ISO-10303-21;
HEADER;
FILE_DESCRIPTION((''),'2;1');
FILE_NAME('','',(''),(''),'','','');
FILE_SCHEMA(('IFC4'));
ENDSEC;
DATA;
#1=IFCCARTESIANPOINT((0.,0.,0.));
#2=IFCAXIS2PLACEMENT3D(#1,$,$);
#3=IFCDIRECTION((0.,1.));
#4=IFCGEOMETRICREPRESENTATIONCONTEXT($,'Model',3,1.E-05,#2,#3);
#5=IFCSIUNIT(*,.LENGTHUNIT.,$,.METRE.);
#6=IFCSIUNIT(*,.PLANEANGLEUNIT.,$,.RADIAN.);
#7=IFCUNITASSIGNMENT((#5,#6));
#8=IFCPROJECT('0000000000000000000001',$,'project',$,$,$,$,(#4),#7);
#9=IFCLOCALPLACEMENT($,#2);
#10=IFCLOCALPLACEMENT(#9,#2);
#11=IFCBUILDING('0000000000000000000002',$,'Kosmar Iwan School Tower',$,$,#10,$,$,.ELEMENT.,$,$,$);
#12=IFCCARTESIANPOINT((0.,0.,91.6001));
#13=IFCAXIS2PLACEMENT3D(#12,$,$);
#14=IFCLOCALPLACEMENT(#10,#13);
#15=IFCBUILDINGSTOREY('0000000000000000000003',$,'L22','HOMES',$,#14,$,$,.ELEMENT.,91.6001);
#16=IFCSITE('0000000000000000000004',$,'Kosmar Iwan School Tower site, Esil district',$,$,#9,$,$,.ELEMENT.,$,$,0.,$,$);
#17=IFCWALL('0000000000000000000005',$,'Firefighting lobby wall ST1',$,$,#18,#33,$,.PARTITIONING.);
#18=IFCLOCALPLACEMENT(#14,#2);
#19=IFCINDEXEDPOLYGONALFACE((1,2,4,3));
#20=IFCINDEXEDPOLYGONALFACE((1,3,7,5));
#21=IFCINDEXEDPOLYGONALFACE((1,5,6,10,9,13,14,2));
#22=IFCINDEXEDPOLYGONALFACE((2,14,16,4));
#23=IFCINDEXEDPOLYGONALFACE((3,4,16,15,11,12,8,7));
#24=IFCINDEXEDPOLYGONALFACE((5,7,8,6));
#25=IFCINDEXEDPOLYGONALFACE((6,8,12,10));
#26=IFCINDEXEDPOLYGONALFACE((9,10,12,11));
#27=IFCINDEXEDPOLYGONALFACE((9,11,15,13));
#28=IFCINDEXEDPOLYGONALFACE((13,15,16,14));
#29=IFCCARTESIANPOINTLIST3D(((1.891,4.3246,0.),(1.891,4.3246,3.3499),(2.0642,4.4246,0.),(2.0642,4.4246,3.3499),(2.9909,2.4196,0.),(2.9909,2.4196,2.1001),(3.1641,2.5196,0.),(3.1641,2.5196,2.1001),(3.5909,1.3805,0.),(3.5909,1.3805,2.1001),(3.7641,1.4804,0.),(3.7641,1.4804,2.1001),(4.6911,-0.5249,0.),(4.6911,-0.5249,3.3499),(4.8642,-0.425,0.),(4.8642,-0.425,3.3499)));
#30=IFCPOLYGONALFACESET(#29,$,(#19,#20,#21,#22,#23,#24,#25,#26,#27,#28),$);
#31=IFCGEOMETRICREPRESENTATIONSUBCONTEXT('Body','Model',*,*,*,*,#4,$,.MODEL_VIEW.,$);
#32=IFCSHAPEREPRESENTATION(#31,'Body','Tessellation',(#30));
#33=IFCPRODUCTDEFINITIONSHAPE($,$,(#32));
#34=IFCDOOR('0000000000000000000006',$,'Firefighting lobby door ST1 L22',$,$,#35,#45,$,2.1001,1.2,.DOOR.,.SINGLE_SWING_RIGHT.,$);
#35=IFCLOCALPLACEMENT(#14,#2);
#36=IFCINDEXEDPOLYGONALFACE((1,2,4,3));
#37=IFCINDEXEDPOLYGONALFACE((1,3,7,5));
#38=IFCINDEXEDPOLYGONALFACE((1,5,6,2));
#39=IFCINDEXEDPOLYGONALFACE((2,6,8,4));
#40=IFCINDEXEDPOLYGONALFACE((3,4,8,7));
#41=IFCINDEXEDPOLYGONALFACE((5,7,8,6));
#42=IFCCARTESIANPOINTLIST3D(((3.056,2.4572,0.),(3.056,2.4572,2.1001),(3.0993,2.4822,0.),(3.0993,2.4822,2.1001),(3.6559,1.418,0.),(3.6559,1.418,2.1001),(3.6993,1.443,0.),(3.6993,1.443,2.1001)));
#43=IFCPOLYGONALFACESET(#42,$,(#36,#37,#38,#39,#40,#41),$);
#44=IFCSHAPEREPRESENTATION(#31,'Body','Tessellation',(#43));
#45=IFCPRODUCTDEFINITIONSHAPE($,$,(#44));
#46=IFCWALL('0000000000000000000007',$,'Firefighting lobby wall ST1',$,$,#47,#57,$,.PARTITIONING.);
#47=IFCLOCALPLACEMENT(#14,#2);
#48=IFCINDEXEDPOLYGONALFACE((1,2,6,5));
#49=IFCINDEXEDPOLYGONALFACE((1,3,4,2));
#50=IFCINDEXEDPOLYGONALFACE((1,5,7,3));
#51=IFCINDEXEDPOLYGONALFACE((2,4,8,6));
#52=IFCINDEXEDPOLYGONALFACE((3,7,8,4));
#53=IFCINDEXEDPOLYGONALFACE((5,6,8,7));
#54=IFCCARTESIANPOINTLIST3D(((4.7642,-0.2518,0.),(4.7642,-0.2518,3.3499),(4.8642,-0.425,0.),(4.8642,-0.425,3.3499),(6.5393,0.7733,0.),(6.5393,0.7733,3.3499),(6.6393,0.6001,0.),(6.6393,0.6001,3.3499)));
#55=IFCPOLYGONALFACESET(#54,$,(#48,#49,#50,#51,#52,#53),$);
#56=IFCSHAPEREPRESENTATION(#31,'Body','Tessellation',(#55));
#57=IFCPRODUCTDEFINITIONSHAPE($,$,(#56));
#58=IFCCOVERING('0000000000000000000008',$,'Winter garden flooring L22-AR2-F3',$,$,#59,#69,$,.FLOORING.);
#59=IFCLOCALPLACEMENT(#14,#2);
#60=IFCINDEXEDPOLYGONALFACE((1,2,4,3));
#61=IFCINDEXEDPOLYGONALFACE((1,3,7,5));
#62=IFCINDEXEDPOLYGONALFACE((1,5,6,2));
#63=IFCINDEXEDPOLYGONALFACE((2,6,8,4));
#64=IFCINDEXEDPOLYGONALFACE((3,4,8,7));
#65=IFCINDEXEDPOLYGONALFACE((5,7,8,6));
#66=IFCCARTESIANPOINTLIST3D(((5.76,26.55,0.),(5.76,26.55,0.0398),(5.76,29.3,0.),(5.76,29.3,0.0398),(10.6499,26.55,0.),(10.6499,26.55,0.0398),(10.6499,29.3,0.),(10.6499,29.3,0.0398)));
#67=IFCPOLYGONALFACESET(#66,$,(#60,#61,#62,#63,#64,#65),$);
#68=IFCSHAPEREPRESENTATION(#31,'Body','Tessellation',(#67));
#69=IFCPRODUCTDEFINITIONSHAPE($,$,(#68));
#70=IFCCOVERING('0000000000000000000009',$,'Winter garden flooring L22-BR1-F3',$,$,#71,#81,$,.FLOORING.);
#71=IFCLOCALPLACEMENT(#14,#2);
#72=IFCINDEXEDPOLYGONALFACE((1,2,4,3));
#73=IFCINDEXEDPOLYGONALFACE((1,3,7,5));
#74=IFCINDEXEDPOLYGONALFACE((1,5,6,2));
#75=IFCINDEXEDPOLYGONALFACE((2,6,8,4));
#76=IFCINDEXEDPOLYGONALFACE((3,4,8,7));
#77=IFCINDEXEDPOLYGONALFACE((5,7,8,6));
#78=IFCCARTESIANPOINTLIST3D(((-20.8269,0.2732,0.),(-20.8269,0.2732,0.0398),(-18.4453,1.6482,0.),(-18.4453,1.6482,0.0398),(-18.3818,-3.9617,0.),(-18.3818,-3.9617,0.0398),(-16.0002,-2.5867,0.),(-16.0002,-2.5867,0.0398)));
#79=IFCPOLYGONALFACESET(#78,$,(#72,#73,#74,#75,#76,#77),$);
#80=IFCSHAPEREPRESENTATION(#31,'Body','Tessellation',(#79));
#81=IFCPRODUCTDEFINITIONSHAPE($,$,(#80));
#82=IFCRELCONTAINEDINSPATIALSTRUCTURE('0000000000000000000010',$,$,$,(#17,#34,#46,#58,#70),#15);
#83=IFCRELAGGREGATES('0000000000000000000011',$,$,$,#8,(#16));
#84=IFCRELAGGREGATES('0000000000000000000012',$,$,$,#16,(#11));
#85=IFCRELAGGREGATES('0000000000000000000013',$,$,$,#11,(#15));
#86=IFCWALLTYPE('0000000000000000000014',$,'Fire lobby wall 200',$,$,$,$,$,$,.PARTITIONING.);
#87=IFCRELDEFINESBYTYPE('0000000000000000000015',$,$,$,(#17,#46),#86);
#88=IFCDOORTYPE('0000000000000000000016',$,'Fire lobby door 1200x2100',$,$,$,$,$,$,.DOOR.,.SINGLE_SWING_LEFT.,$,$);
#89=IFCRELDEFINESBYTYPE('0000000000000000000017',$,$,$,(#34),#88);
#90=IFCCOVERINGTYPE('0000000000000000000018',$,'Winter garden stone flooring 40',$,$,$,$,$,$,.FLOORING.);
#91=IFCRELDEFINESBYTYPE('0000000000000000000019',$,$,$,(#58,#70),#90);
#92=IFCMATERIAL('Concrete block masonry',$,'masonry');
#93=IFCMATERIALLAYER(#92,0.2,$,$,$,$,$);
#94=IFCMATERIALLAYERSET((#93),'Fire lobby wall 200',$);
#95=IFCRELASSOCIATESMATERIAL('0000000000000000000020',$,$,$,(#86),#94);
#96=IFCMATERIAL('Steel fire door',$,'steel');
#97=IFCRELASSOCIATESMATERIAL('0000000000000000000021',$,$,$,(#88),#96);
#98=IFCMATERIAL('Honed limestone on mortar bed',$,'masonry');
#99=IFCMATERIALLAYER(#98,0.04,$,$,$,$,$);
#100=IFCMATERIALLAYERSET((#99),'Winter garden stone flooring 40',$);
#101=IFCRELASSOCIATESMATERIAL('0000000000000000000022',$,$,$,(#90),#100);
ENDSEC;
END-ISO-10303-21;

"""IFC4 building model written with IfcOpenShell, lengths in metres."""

from ifc_helpers import new_model, si_unit, direction, frame, frame_2d, origin, place, context, subcontext, project, spatial, polyline, rectangle, outline, extrude, material, layer, layer_set, type_object, element, fill, save


model = new_model("IFC4")

# Units and contexts
model_context = context("Model", 3, precision=1e-05, world=origin(), true_north=direction((0.0, 1.0)))
body_context = subcontext(model_context, "Body", "Model", "MODEL_VIEW")
ifc_project = project(units=[si_unit("LENGTHUNIT", "METRE"), si_unit("PLANEANGLEUNIT", "RADIAN")], contexts=[model_context])

# Site, building, storey
site_placement = place(None, origin())
site = spatial("IfcSite", under=ifc_project, at=site_placement, Name="Kosmar Iwan School Tower site, Esil district", CompositionType="ELEMENT", RefElevation=0.0)
building_placement = place(site_placement, origin())
building = spatial("IfcBuilding", under=site, at=building_placement, Name="Kosmar Iwan School Tower", CompositionType="ELEMENT")
storey_placement = place(building_placement, frame((0.0, 0.0, 91.6001)))
storey = spatial("IfcBuildingStorey", under=building, at=storey_placement, Name="L22", Description="HOMES", CompositionType="ELEMENT", Elevation=91.6001)

# Wall, opening, door
ifc_material_1 = material(Name="Concrete block masonry", Category="masonry")
ifc_layer_1 = layer(ifc_material_1, 0.2)
ifc_layer_set_1 = layer_set([ifc_layer_1], Name="Fire lobby wall 200")
wall_type_1 = type_object("IfcWallType", Name="Fire lobby wall 200", PredefinedType="PARTITIONING", material=ifc_layer_set_1)
wall_1_placement = place(storey_placement, frame((4.7776, -0.4749, 0.0), z_axis=(0.0, 0.0, 1.0), x_axis=(-0.500017, 0.866016, 0.0)))
wall_1 = element("IfcWall", 1, at=wall_1_placement, inside=storey, type_object=wall_type_1, Name="Firefighting lobby wall ST1", PredefinedType="PARTITIONING", context=body_context, shape_type="SweptSolid", body=[
    extrude(rectangle(XDim=5.5999, YDim=0.2, at=frame_2d((2.7998, 0.0))), origin(), (0.0, 0.0, 1.0), 3.3499),
])
opening_1_placement = place(wall_1_placement, frame((2.2, 0.0, 0.0)))
opening_1 = element("IfcOpeningElement", 2, at=opening_1_placement, cuts=wall_1, PredefinedType="OPENING", context=body_context, shape_type="SweptSolid", body=[
    extrude(rectangle(XDim=1.2, YDim=2.1001, at=frame_2d((0.6001, 1.05))), frame((0.0, 0.1121, 0.0), z_axis=(0.0, -1.0, 0.0), x_axis=(1.0, 0.0, 0.0)), (0.0, 0.0, 1.0), 0.2239),
])
ifc_material_2 = material(Name="Steel fire door", Category="steel")
door_type_1 = type_object("IfcDoorType", Name="Fire lobby door 1200x2100", OperationType="SINGLE_SWING_LEFT", PredefinedType="DOOR", material=ifc_material_2)
door_1_placement = place(opening_1_placement, origin())
door_1 = element("IfcDoor", 3, at=door_1_placement, inside=storey, type_object=door_type_1, Name="Firefighting lobby door ST1 L22", OperationType="SINGLE_SWING_RIGHT", OverallHeight=2.1001, OverallWidth=1.2, PredefinedType="DOOR", context=body_context, shape_type="SweptSolid", body=[
    extrude(rectangle(XDim=1.2, YDim=2.1001, at=frame_2d((0.6001, 1.05))), frame((0.0, 0.0249, 0.0), z_axis=(0.0, -1.0, 0.0), x_axis=(1.0, 0.0, 0.0)), (0.0, 0.0, 1.0), 0.05),
])
fill(opening_1, door_1)

# Wall
wall_2_placement = place(storey_placement, frame((4.8142, -0.3384, 0.0), z_axis=(0.0, 0.0, 1.0), x_axis=(0.865969, 0.500097, 0.0)))
element("IfcWall", 4, at=wall_2_placement, inside=storey, type_object=wall_type_1, Name="Firefighting lobby wall ST1", PredefinedType="PARTITIONING", context=body_context, shape_type="SweptSolid", body=[
    extrude(rectangle(XDim=2.0498, YDim=0.2, at=frame_2d((1.0249, 0.0))), origin(), (0.0, 0.0, 1.0), 3.3499),
])

# Coverings
ifc_material_3 = material(Name="Honed limestone on mortar bed", Category="masonry")
ifc_layer_2 = layer(ifc_material_3, 0.04)
ifc_layer_set_2 = layer_set([ifc_layer_2], Name="Winter garden stone flooring 40")
covering_type = type_object("IfcCoveringType", Name="Winter garden stone flooring 40", PredefinedType="FLOORING", material=ifc_layer_set_2)
covering_1_placement = place(storey_placement, origin())
element("IfcCovering", 5, at=covering_1_placement, inside=storey, type_object=covering_type, Name="Winter garden flooring L22-AR2-F3", PredefinedType="FLOORING", context=body_context, shape_type="SweptSolid", body=[
    extrude(outline(polyline([(5.76, 26.55), (10.6499, 26.55), (10.6499, 29.3), (5.76, 29.3), (5.76, 26.55)])), origin(), (0.0, 0.0, 1.0), 0.0398),
])
covering_2_placement = place(storey_placement, origin())
element("IfcCovering", 6, at=covering_2_placement, inside=storey, type_object=covering_type, Name="Winter garden flooring L22-BR1-F3", PredefinedType="FLOORING", context=body_context, shape_type="SweptSolid", body=[
    extrude(outline(polyline([(-18.3818, -3.9617), (-16.0002, -2.5867), (-18.4453, 1.6482), (-20.8269, 0.2732), (-18.3818, -3.9617)])), origin(), (0.0, 0.0, 1.0), 0.0398),
])

save(model, "model.ifc")
